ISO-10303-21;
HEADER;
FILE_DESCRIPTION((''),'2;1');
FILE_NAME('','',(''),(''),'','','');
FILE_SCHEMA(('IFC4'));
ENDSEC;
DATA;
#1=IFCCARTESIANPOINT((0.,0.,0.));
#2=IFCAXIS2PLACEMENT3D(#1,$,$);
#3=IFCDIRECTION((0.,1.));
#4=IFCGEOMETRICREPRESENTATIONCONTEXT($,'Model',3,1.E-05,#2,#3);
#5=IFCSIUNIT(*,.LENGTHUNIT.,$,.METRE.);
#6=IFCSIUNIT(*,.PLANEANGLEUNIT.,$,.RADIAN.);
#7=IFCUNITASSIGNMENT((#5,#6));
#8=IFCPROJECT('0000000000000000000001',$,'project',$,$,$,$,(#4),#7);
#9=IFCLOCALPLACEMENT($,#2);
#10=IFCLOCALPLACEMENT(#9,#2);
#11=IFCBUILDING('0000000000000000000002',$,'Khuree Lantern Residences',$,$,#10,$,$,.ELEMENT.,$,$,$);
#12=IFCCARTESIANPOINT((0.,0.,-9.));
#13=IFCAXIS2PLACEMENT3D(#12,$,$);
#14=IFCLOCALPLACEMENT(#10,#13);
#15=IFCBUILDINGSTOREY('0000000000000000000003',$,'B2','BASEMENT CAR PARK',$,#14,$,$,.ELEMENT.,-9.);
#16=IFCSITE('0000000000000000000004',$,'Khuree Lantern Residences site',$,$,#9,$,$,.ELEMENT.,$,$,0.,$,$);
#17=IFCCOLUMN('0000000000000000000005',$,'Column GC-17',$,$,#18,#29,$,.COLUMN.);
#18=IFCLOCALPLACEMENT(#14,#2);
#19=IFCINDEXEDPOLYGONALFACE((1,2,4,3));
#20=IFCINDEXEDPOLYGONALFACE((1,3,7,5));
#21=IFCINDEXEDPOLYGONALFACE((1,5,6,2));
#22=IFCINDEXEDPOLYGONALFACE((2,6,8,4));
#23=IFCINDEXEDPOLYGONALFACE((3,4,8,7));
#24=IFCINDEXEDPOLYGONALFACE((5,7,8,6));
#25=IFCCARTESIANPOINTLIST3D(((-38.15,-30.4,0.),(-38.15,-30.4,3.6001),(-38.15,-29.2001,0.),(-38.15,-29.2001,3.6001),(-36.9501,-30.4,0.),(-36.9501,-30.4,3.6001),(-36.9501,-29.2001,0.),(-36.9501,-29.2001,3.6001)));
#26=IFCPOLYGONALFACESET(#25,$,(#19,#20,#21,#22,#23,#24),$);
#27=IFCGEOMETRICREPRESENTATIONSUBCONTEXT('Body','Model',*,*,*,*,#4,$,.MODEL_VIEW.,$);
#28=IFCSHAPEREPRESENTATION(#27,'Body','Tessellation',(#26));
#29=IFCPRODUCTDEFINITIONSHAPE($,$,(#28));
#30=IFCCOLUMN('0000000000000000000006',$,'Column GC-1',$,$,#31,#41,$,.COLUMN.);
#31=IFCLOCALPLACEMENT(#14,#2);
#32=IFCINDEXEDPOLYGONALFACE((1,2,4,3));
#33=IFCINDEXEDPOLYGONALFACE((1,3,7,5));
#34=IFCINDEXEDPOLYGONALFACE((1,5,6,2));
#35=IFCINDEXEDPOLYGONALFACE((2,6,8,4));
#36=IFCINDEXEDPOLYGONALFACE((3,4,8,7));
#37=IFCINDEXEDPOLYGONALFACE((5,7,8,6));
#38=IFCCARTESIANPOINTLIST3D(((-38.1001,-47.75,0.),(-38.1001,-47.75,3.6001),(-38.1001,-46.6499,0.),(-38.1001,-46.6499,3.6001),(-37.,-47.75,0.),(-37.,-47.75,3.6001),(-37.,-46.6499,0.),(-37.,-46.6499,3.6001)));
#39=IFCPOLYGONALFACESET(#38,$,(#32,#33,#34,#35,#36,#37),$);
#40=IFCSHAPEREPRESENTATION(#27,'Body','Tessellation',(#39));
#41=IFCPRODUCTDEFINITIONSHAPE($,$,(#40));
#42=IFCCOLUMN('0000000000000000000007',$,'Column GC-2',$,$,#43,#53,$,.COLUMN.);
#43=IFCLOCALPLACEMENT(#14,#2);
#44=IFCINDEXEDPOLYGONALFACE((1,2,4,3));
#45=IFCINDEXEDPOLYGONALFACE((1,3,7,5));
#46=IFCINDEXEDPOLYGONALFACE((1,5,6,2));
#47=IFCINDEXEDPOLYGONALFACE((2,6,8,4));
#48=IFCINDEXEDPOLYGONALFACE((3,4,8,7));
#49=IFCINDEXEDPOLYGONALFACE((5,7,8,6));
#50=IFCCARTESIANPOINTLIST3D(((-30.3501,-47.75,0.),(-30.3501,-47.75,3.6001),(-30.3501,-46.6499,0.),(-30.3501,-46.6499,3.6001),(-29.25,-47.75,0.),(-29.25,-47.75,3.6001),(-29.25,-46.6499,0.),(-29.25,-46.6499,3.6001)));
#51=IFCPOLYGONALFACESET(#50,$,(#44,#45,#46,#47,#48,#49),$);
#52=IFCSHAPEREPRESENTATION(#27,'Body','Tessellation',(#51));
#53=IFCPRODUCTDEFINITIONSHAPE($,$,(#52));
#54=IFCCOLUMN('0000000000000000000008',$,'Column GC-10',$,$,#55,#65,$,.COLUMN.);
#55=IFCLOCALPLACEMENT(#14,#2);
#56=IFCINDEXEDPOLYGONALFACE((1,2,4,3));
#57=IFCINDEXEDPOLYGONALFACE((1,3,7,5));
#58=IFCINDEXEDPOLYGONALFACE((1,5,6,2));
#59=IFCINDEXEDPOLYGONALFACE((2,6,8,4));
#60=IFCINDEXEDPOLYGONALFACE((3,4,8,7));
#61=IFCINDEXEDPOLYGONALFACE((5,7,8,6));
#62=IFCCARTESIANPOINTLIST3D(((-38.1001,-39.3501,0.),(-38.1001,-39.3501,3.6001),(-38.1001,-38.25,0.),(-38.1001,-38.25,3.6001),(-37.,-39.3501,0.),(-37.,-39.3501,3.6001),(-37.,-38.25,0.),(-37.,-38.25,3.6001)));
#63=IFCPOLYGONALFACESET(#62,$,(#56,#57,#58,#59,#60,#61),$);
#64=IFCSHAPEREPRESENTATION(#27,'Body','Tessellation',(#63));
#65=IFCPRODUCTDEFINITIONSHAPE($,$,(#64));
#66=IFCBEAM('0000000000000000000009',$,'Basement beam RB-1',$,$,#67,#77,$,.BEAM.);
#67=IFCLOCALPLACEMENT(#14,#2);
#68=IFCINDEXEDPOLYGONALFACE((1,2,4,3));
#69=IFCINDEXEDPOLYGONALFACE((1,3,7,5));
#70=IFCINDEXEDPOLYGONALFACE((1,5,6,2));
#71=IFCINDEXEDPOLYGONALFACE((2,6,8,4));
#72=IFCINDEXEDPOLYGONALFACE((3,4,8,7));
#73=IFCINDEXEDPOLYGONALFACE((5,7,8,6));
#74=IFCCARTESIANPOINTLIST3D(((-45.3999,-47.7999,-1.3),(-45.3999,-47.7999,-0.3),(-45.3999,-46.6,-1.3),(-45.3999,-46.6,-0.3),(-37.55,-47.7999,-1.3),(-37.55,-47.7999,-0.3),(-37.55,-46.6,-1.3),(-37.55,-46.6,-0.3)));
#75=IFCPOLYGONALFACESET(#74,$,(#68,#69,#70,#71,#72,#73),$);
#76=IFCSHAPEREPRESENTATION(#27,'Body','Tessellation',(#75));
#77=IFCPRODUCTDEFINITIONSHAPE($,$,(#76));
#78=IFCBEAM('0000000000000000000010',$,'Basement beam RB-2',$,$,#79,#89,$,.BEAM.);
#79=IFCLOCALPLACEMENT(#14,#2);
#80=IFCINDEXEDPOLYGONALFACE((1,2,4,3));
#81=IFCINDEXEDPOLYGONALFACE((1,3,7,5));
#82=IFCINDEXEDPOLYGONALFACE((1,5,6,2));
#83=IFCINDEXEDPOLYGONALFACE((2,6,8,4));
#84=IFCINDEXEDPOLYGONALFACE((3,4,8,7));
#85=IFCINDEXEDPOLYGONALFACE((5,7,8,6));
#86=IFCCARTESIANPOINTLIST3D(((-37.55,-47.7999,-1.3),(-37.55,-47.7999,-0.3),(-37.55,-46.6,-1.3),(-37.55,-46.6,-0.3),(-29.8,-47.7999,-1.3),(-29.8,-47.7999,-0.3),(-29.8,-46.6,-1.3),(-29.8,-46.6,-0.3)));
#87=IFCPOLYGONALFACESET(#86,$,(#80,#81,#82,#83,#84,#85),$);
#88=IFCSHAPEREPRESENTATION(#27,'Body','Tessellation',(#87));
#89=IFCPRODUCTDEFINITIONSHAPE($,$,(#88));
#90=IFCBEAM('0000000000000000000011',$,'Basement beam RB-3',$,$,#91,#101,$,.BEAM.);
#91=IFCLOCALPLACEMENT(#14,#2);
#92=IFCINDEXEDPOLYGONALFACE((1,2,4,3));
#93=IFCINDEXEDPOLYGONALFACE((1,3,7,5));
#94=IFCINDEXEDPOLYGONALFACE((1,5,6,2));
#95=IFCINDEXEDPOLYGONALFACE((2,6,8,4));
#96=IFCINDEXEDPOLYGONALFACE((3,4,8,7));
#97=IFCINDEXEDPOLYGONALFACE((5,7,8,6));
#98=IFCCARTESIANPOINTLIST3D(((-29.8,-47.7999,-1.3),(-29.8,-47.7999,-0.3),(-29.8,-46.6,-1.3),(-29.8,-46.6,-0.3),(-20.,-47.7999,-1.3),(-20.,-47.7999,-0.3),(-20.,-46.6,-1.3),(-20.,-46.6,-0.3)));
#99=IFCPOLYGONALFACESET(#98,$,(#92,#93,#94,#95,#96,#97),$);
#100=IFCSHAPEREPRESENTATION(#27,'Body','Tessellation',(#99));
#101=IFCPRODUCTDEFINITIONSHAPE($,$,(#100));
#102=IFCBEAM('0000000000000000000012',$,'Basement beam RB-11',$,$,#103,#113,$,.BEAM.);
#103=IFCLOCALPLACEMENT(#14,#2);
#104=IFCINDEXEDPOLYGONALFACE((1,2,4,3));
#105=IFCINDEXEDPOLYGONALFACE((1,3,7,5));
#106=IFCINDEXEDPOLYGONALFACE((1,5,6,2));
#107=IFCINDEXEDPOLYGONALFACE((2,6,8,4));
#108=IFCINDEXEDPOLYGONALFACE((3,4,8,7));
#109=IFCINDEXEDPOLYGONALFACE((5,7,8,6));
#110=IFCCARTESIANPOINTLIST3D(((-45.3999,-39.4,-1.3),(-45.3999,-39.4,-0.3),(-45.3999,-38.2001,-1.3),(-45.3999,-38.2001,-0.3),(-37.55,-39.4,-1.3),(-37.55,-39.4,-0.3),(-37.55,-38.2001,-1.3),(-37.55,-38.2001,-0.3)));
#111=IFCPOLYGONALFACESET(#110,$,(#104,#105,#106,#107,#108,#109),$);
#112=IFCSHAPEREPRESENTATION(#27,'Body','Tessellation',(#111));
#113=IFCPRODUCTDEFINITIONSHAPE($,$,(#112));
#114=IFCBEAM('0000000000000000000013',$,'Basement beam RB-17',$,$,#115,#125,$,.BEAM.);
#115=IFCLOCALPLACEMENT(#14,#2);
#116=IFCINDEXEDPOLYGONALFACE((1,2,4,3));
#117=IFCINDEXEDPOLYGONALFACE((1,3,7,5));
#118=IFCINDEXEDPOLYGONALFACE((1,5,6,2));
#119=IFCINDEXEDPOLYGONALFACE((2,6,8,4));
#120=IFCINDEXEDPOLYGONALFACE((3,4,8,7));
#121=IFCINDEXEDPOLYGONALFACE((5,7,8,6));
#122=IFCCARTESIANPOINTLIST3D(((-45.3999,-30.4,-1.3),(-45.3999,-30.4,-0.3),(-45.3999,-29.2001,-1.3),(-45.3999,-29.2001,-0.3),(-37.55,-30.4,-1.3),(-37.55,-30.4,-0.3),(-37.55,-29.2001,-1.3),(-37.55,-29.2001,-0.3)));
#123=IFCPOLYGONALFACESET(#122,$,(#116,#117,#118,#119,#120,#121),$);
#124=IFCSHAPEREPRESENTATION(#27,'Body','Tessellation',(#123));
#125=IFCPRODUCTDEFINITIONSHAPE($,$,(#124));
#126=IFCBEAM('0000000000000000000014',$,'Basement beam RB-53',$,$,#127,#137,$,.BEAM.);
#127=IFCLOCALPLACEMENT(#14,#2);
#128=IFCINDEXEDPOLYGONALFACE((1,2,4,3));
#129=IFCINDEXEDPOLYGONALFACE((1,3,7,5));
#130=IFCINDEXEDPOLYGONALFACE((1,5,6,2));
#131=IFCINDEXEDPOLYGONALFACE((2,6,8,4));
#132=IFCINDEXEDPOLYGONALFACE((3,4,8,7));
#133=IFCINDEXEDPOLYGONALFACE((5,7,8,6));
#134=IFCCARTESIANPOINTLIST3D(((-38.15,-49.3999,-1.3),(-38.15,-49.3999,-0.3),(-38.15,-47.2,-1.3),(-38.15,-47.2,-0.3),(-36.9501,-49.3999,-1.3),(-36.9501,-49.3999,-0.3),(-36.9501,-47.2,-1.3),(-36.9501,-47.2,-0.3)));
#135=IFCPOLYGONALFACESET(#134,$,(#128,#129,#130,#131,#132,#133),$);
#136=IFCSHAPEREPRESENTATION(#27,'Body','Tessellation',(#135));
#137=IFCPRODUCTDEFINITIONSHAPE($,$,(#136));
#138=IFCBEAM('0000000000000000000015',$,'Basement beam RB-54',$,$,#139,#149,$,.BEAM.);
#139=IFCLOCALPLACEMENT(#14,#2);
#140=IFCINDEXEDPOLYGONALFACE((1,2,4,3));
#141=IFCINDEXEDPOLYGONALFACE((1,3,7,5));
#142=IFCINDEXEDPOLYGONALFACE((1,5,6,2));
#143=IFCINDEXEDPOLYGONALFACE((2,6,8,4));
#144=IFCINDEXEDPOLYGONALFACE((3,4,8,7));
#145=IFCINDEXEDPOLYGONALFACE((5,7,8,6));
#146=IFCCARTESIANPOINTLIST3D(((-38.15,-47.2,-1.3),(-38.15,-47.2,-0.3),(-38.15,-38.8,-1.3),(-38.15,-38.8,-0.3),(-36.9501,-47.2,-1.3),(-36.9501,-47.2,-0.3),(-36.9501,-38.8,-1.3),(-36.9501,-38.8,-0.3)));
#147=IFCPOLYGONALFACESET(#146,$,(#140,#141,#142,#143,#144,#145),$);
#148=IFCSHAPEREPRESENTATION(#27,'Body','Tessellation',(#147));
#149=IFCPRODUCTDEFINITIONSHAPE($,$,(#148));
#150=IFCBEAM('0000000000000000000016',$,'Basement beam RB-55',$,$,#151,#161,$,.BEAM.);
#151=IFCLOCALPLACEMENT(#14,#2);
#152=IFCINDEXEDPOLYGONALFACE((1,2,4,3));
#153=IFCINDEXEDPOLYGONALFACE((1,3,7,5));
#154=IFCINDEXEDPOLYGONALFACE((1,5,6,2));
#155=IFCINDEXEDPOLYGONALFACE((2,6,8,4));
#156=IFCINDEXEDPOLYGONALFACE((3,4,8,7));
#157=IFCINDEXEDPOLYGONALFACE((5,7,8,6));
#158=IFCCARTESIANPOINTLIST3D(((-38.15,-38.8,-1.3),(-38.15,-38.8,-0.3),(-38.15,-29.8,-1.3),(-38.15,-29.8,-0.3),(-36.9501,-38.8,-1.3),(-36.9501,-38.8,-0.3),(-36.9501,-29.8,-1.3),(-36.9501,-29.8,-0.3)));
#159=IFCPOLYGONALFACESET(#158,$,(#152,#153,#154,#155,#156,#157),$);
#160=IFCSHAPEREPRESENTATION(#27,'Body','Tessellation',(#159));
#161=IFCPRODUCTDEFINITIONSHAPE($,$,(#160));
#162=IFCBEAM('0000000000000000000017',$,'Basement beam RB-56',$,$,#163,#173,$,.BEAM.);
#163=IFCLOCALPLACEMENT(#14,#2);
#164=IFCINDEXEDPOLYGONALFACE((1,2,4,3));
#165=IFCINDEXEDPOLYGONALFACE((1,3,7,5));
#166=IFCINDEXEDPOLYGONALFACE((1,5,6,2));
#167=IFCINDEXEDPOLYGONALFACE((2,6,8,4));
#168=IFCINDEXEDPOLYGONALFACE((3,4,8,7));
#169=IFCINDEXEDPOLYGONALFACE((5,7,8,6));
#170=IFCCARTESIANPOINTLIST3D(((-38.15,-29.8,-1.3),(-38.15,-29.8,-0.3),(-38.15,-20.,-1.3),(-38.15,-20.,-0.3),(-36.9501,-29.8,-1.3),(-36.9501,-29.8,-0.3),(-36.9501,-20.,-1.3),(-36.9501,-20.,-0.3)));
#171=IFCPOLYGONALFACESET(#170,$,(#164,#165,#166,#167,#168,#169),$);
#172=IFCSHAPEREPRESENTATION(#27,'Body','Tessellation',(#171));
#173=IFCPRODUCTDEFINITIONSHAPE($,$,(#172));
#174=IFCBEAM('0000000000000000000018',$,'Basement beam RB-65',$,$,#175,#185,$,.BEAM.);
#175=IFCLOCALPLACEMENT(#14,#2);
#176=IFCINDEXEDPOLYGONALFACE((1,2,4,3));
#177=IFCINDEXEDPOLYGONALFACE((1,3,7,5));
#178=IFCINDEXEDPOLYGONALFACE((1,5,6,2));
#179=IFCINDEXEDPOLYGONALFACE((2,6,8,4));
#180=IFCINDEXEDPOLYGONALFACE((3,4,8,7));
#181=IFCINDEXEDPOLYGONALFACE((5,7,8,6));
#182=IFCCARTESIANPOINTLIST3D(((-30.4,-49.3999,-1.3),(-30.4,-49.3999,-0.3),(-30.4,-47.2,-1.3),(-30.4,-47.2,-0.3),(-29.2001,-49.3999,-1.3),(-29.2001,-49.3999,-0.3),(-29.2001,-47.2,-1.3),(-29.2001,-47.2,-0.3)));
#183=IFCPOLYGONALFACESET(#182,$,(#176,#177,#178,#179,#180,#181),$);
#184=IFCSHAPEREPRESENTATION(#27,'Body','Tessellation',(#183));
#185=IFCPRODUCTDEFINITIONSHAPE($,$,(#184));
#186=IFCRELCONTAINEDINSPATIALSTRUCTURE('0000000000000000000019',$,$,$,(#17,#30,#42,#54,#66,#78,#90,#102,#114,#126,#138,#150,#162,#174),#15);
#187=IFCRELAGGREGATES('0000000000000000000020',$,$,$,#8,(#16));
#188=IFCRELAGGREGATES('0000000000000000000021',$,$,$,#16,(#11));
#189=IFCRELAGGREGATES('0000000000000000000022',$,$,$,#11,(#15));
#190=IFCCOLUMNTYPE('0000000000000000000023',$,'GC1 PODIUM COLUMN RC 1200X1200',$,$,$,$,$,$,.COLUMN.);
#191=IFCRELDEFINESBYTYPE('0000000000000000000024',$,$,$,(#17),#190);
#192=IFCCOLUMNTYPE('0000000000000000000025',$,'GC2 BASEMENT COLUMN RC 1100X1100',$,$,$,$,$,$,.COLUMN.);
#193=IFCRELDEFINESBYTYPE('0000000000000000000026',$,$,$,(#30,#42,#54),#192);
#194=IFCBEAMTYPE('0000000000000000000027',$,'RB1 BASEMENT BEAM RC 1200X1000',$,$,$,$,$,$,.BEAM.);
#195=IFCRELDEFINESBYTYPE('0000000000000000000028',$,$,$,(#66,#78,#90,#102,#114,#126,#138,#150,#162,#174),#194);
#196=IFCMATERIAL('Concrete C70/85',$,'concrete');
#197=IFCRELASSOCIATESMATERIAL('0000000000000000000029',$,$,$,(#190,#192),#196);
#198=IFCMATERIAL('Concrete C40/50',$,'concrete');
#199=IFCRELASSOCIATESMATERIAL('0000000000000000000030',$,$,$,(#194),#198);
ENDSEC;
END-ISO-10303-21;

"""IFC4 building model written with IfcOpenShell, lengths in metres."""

from ifc_helpers import new_model, si_unit, direction, frame, origin, origin_2d, place, context, subcontext, project, spatial, rectangle, extrude, material, material_profile, profile_set, type_object, element, save


model = new_model("IFC4")

# Units and contexts
model_context = context("Model", 3, precision=1e-05, world=origin(), true_north=direction((0.0, 1.0)))
body_context = subcontext(model_context, "Body", "Model", "MODEL_VIEW")
ifc_project = project(units=[si_unit("LENGTHUNIT", "METRE"), si_unit("PLANEANGLEUNIT", "RADIAN")], contexts=[model_context])

# Site, building, storey
site_placement = place(None, origin())
site = spatial("IfcSite", under=ifc_project, at=site_placement, Name="Khuree Lantern Residences site", CompositionType="ELEMENT", RefElevation=0.0)
building_placement = place(site_placement, origin())
building = spatial("IfcBuilding", under=site, at=building_placement, Name="Khuree Lantern Residences", CompositionType="ELEMENT")
storey_placement = place(building_placement, frame((0.0, 0.0, -9.0)))
storey = spatial("IfcBuildingStorey", under=building, at=storey_placement, Name="B2", Description="BASEMENT CAR PARK", CompositionType="ELEMENT", Elevation=-9.0)

# Columns
ifc_material_1 = material(Name="Concrete C70/85", Category="concrete")
ifc_material_profile_1 = material_profile(ifc_material_1, rectangle(XDim=1.2, YDim=1.2, at=origin_2d()), Name="RC 1200X1200")
ifc_profile_set_1 = profile_set([ifc_material_profile_1], Name="Concrete C70/85")
column_type_1 = type_object("IfcColumnType", Name="GC1 PODIUM COLUMN RC 1200X1200", PredefinedType="COLUMN", material=ifc_profile_set_1)
column_placement = place(storey_placement, frame((-37.55, -29.8, 0.0), z_axis=(0.0, 0.0, 1.0), x_axis=(1.0, 0.0, 0.0)))
element("IfcColumn", 1, at=column_placement, inside=storey, type_object=column_type_1, Name="Column GC-17", PredefinedType="COLUMN", context=body_context, shape_type="SweptSolid", body=[
    extrude(rectangle(XDim=1.2, YDim=1.2, at=origin_2d()), origin(), (0.0, 0.0, 1.0), 3.6001),
])
ifc_material_profile_2 = material_profile(ifc_material_1, rectangle(XDim=1.1001, YDim=1.1001, at=origin_2d()), Name="RC 1100X1100")
ifc_profile_set_2 = profile_set([ifc_material_profile_2], Name="Concrete C70/85")
column_type_2 = type_object("IfcColumnType", Name="GC2 BASEMENT COLUMN RC 1100X1100", PredefinedType="COLUMN", material=ifc_profile_set_2)
for number, where, z_axis, x_axis, name in (
    (2, (-37.55, -47.2, 0.0), (0.0, 0.0, 1.0), (1.0, 0.0, 0.0), "Column GC-1"),
    (3, (-29.8, -47.2, 0.0), (0.0, 0.0, 1.0), (1.0, 0.0, 0.0), "Column GC-2"),
    (4, (-37.55, -38.8, 0.0), (0.0, 0.0, 1.0), (1.0, 0.0, 0.0), "Column GC-10"),
):
    element("IfcColumn", number, at=place(storey_placement, frame(where, z_axis=z_axis, x_axis=x_axis)), inside=storey, type_object=column_type_2, Name=name, PredefinedType="COLUMN", context=body_context, shape_type="SweptSolid", body=[
        extrude(rectangle(XDim=1.1001, YDim=1.1001, at=origin_2d()), origin(), (0.0, 0.0, 1.0), 3.6001),
    ])

# Beams
ifc_material_2 = material(Name="Concrete C40/50", Category="concrete")
ifc_material_profile_3 = material_profile(ifc_material_2, rectangle(XDim=1.2, YDim=1.0, at=origin_2d()), Name="RC 1200X1000")
ifc_profile_set_3 = profile_set([ifc_material_profile_3], Name="Concrete C40/50")
beam_type = type_object("IfcBeamType", Name="RB1 BASEMENT BEAM RC 1200X1000", PredefinedType="BEAM", material=ifc_profile_set_3)
beam_1_placement = place(storey_placement, frame((-45.3999, -47.2, -0.8), z_axis=(1.0, 0.0, 0.0), x_axis=(0.0, 1.0, 0.0)))
element("IfcBeam", 5, at=beam_1_placement, inside=storey, type_object=beam_type, Name="Basement beam RB-1", PredefinedType="BEAM", context=body_context, shape_type="SweptSolid", body=[
    extrude(rectangle(XDim=1.2, YDim=1.0, at=origin_2d()), origin(), (0.0, 0.0, 1.0), 7.8499),
])
beam_2_placement = place(storey_placement, frame((-37.55, -47.2, -0.8), z_axis=(1.0, 0.0, 0.0), x_axis=(0.0, 1.0, 0.0)))
element("IfcBeam", 6, at=beam_2_placement, inside=storey, type_object=beam_type, Name="Basement beam RB-2", PredefinedType="BEAM", context=body_context, shape_type="SweptSolid", body=[
    extrude(rectangle(XDim=1.2, YDim=1.0, at=origin_2d()), origin(), (0.0, 0.0, 1.0), 7.75),
])
beam_3_placement = place(storey_placement, frame((-29.8, -47.2, -0.8), z_axis=(1.0, 0.0, 0.0), x_axis=(0.0, 1.0, 0.0)))
element("IfcBeam", 7, at=beam_3_placement, inside=storey, type_object=beam_type, Name="Basement beam RB-3", PredefinedType="BEAM", context=body_context, shape_type="SweptSolid", body=[
    extrude(rectangle(XDim=1.2, YDim=1.0, at=origin_2d()), origin(), (0.0, 0.0, 1.0), 9.8),
])
for number, where, z_axis, x_axis, name in (
    (8, (-45.3999, -38.8, -0.8), (1.0, 0.0, 0.0), (0.0, 1.0, 0.0), "Basement beam RB-11"),
    (9, (-45.3999, -29.8, -0.8), (1.0, 0.0, 0.0), (0.0, 1.0, 0.0), "Basement beam RB-17"),
):
    element("IfcBeam", number, at=place(storey_placement, frame(where, z_axis=z_axis, x_axis=x_axis)), inside=storey, type_object=beam_type, Name=name, PredefinedType="BEAM", context=body_context, shape_type="SweptSolid", body=[
        extrude(rectangle(XDim=1.2, YDim=1.0, at=origin_2d()), origin(), (0.0, 0.0, 1.0), 7.8499),
    ])
beam_4_placement = place(storey_placement, frame((-37.55, -49.3999, -0.8), z_axis=(0.0, 1.0, 0.0), x_axis=(-1.0, 0.0, 0.0)))
element("IfcBeam", 10, at=beam_4_placement, inside=storey, type_object=beam_type, Name="Basement beam RB-53", PredefinedType="BEAM", context=body_context, shape_type="SweptSolid", body=[
    extrude(rectangle(XDim=1.2, YDim=1.0, at=origin_2d()), origin(), (0.0, 0.0, 1.0), 2.2),
])
beam_5_placement = place(storey_placement, frame((-37.55, -47.2, -0.8), z_axis=(0.0, 1.0, 0.0), x_axis=(-1.0, 0.0, 0.0)))
element("IfcBeam", 11, at=beam_5_placement, inside=storey, type_object=beam_type, Name="Basement beam RB-54", PredefinedType="BEAM", context=body_context, shape_type="SweptSolid", body=[
    extrude(rectangle(XDim=1.2, YDim=1.0, at=origin_2d()), origin(), (0.0, 0.0, 1.0), 8.3999),
])
beam_6_placement = place(storey_placement, frame((-37.55, -38.8, -0.8), z_axis=(0.0, 1.0, 0.0), x_axis=(-1.0, 0.0, 0.0)))
element("IfcBeam", 12, at=beam_6_placement, inside=storey, type_object=beam_type, Name="Basement beam RB-55", PredefinedType="BEAM", context=body_context, shape_type="SweptSolid", body=[
    extrude(rectangle(XDim=1.2, YDim=1.0, at=origin_2d()), origin(), (0.0, 0.0, 1.0), 9.0),
])
beam_7_placement = place(storey_placement, frame((-37.55, -29.8, -0.8), z_axis=(0.0, 1.0, 0.0), x_axis=(-1.0, 0.0, 0.0)))
element("IfcBeam", 13, at=beam_7_placement, inside=storey, type_object=beam_type, Name="Basement beam RB-56", PredefinedType="BEAM", context=body_context, shape_type="SweptSolid", body=[
    extrude(rectangle(XDim=1.2, YDim=1.0, at=origin_2d()), origin(), (0.0, 0.0, 1.0), 9.8),
])
beam_8_placement = place(storey_placement, frame((-29.8, -49.3999, -0.8), z_axis=(0.0, 1.0, 0.0), x_axis=(-1.0, 0.0, 0.0)))
element("IfcBeam", 14, at=beam_8_placement, inside=storey, type_object=beam_type, Name="Basement beam RB-65", PredefinedType="BEAM", context=body_context, shape_type="SweptSolid", body=[
    extrude(rectangle(XDim=1.2, YDim=1.0, at=origin_2d()), origin(), (0.0, 0.0, 1.0), 2.2),
])

save(model, "model.ifc")
